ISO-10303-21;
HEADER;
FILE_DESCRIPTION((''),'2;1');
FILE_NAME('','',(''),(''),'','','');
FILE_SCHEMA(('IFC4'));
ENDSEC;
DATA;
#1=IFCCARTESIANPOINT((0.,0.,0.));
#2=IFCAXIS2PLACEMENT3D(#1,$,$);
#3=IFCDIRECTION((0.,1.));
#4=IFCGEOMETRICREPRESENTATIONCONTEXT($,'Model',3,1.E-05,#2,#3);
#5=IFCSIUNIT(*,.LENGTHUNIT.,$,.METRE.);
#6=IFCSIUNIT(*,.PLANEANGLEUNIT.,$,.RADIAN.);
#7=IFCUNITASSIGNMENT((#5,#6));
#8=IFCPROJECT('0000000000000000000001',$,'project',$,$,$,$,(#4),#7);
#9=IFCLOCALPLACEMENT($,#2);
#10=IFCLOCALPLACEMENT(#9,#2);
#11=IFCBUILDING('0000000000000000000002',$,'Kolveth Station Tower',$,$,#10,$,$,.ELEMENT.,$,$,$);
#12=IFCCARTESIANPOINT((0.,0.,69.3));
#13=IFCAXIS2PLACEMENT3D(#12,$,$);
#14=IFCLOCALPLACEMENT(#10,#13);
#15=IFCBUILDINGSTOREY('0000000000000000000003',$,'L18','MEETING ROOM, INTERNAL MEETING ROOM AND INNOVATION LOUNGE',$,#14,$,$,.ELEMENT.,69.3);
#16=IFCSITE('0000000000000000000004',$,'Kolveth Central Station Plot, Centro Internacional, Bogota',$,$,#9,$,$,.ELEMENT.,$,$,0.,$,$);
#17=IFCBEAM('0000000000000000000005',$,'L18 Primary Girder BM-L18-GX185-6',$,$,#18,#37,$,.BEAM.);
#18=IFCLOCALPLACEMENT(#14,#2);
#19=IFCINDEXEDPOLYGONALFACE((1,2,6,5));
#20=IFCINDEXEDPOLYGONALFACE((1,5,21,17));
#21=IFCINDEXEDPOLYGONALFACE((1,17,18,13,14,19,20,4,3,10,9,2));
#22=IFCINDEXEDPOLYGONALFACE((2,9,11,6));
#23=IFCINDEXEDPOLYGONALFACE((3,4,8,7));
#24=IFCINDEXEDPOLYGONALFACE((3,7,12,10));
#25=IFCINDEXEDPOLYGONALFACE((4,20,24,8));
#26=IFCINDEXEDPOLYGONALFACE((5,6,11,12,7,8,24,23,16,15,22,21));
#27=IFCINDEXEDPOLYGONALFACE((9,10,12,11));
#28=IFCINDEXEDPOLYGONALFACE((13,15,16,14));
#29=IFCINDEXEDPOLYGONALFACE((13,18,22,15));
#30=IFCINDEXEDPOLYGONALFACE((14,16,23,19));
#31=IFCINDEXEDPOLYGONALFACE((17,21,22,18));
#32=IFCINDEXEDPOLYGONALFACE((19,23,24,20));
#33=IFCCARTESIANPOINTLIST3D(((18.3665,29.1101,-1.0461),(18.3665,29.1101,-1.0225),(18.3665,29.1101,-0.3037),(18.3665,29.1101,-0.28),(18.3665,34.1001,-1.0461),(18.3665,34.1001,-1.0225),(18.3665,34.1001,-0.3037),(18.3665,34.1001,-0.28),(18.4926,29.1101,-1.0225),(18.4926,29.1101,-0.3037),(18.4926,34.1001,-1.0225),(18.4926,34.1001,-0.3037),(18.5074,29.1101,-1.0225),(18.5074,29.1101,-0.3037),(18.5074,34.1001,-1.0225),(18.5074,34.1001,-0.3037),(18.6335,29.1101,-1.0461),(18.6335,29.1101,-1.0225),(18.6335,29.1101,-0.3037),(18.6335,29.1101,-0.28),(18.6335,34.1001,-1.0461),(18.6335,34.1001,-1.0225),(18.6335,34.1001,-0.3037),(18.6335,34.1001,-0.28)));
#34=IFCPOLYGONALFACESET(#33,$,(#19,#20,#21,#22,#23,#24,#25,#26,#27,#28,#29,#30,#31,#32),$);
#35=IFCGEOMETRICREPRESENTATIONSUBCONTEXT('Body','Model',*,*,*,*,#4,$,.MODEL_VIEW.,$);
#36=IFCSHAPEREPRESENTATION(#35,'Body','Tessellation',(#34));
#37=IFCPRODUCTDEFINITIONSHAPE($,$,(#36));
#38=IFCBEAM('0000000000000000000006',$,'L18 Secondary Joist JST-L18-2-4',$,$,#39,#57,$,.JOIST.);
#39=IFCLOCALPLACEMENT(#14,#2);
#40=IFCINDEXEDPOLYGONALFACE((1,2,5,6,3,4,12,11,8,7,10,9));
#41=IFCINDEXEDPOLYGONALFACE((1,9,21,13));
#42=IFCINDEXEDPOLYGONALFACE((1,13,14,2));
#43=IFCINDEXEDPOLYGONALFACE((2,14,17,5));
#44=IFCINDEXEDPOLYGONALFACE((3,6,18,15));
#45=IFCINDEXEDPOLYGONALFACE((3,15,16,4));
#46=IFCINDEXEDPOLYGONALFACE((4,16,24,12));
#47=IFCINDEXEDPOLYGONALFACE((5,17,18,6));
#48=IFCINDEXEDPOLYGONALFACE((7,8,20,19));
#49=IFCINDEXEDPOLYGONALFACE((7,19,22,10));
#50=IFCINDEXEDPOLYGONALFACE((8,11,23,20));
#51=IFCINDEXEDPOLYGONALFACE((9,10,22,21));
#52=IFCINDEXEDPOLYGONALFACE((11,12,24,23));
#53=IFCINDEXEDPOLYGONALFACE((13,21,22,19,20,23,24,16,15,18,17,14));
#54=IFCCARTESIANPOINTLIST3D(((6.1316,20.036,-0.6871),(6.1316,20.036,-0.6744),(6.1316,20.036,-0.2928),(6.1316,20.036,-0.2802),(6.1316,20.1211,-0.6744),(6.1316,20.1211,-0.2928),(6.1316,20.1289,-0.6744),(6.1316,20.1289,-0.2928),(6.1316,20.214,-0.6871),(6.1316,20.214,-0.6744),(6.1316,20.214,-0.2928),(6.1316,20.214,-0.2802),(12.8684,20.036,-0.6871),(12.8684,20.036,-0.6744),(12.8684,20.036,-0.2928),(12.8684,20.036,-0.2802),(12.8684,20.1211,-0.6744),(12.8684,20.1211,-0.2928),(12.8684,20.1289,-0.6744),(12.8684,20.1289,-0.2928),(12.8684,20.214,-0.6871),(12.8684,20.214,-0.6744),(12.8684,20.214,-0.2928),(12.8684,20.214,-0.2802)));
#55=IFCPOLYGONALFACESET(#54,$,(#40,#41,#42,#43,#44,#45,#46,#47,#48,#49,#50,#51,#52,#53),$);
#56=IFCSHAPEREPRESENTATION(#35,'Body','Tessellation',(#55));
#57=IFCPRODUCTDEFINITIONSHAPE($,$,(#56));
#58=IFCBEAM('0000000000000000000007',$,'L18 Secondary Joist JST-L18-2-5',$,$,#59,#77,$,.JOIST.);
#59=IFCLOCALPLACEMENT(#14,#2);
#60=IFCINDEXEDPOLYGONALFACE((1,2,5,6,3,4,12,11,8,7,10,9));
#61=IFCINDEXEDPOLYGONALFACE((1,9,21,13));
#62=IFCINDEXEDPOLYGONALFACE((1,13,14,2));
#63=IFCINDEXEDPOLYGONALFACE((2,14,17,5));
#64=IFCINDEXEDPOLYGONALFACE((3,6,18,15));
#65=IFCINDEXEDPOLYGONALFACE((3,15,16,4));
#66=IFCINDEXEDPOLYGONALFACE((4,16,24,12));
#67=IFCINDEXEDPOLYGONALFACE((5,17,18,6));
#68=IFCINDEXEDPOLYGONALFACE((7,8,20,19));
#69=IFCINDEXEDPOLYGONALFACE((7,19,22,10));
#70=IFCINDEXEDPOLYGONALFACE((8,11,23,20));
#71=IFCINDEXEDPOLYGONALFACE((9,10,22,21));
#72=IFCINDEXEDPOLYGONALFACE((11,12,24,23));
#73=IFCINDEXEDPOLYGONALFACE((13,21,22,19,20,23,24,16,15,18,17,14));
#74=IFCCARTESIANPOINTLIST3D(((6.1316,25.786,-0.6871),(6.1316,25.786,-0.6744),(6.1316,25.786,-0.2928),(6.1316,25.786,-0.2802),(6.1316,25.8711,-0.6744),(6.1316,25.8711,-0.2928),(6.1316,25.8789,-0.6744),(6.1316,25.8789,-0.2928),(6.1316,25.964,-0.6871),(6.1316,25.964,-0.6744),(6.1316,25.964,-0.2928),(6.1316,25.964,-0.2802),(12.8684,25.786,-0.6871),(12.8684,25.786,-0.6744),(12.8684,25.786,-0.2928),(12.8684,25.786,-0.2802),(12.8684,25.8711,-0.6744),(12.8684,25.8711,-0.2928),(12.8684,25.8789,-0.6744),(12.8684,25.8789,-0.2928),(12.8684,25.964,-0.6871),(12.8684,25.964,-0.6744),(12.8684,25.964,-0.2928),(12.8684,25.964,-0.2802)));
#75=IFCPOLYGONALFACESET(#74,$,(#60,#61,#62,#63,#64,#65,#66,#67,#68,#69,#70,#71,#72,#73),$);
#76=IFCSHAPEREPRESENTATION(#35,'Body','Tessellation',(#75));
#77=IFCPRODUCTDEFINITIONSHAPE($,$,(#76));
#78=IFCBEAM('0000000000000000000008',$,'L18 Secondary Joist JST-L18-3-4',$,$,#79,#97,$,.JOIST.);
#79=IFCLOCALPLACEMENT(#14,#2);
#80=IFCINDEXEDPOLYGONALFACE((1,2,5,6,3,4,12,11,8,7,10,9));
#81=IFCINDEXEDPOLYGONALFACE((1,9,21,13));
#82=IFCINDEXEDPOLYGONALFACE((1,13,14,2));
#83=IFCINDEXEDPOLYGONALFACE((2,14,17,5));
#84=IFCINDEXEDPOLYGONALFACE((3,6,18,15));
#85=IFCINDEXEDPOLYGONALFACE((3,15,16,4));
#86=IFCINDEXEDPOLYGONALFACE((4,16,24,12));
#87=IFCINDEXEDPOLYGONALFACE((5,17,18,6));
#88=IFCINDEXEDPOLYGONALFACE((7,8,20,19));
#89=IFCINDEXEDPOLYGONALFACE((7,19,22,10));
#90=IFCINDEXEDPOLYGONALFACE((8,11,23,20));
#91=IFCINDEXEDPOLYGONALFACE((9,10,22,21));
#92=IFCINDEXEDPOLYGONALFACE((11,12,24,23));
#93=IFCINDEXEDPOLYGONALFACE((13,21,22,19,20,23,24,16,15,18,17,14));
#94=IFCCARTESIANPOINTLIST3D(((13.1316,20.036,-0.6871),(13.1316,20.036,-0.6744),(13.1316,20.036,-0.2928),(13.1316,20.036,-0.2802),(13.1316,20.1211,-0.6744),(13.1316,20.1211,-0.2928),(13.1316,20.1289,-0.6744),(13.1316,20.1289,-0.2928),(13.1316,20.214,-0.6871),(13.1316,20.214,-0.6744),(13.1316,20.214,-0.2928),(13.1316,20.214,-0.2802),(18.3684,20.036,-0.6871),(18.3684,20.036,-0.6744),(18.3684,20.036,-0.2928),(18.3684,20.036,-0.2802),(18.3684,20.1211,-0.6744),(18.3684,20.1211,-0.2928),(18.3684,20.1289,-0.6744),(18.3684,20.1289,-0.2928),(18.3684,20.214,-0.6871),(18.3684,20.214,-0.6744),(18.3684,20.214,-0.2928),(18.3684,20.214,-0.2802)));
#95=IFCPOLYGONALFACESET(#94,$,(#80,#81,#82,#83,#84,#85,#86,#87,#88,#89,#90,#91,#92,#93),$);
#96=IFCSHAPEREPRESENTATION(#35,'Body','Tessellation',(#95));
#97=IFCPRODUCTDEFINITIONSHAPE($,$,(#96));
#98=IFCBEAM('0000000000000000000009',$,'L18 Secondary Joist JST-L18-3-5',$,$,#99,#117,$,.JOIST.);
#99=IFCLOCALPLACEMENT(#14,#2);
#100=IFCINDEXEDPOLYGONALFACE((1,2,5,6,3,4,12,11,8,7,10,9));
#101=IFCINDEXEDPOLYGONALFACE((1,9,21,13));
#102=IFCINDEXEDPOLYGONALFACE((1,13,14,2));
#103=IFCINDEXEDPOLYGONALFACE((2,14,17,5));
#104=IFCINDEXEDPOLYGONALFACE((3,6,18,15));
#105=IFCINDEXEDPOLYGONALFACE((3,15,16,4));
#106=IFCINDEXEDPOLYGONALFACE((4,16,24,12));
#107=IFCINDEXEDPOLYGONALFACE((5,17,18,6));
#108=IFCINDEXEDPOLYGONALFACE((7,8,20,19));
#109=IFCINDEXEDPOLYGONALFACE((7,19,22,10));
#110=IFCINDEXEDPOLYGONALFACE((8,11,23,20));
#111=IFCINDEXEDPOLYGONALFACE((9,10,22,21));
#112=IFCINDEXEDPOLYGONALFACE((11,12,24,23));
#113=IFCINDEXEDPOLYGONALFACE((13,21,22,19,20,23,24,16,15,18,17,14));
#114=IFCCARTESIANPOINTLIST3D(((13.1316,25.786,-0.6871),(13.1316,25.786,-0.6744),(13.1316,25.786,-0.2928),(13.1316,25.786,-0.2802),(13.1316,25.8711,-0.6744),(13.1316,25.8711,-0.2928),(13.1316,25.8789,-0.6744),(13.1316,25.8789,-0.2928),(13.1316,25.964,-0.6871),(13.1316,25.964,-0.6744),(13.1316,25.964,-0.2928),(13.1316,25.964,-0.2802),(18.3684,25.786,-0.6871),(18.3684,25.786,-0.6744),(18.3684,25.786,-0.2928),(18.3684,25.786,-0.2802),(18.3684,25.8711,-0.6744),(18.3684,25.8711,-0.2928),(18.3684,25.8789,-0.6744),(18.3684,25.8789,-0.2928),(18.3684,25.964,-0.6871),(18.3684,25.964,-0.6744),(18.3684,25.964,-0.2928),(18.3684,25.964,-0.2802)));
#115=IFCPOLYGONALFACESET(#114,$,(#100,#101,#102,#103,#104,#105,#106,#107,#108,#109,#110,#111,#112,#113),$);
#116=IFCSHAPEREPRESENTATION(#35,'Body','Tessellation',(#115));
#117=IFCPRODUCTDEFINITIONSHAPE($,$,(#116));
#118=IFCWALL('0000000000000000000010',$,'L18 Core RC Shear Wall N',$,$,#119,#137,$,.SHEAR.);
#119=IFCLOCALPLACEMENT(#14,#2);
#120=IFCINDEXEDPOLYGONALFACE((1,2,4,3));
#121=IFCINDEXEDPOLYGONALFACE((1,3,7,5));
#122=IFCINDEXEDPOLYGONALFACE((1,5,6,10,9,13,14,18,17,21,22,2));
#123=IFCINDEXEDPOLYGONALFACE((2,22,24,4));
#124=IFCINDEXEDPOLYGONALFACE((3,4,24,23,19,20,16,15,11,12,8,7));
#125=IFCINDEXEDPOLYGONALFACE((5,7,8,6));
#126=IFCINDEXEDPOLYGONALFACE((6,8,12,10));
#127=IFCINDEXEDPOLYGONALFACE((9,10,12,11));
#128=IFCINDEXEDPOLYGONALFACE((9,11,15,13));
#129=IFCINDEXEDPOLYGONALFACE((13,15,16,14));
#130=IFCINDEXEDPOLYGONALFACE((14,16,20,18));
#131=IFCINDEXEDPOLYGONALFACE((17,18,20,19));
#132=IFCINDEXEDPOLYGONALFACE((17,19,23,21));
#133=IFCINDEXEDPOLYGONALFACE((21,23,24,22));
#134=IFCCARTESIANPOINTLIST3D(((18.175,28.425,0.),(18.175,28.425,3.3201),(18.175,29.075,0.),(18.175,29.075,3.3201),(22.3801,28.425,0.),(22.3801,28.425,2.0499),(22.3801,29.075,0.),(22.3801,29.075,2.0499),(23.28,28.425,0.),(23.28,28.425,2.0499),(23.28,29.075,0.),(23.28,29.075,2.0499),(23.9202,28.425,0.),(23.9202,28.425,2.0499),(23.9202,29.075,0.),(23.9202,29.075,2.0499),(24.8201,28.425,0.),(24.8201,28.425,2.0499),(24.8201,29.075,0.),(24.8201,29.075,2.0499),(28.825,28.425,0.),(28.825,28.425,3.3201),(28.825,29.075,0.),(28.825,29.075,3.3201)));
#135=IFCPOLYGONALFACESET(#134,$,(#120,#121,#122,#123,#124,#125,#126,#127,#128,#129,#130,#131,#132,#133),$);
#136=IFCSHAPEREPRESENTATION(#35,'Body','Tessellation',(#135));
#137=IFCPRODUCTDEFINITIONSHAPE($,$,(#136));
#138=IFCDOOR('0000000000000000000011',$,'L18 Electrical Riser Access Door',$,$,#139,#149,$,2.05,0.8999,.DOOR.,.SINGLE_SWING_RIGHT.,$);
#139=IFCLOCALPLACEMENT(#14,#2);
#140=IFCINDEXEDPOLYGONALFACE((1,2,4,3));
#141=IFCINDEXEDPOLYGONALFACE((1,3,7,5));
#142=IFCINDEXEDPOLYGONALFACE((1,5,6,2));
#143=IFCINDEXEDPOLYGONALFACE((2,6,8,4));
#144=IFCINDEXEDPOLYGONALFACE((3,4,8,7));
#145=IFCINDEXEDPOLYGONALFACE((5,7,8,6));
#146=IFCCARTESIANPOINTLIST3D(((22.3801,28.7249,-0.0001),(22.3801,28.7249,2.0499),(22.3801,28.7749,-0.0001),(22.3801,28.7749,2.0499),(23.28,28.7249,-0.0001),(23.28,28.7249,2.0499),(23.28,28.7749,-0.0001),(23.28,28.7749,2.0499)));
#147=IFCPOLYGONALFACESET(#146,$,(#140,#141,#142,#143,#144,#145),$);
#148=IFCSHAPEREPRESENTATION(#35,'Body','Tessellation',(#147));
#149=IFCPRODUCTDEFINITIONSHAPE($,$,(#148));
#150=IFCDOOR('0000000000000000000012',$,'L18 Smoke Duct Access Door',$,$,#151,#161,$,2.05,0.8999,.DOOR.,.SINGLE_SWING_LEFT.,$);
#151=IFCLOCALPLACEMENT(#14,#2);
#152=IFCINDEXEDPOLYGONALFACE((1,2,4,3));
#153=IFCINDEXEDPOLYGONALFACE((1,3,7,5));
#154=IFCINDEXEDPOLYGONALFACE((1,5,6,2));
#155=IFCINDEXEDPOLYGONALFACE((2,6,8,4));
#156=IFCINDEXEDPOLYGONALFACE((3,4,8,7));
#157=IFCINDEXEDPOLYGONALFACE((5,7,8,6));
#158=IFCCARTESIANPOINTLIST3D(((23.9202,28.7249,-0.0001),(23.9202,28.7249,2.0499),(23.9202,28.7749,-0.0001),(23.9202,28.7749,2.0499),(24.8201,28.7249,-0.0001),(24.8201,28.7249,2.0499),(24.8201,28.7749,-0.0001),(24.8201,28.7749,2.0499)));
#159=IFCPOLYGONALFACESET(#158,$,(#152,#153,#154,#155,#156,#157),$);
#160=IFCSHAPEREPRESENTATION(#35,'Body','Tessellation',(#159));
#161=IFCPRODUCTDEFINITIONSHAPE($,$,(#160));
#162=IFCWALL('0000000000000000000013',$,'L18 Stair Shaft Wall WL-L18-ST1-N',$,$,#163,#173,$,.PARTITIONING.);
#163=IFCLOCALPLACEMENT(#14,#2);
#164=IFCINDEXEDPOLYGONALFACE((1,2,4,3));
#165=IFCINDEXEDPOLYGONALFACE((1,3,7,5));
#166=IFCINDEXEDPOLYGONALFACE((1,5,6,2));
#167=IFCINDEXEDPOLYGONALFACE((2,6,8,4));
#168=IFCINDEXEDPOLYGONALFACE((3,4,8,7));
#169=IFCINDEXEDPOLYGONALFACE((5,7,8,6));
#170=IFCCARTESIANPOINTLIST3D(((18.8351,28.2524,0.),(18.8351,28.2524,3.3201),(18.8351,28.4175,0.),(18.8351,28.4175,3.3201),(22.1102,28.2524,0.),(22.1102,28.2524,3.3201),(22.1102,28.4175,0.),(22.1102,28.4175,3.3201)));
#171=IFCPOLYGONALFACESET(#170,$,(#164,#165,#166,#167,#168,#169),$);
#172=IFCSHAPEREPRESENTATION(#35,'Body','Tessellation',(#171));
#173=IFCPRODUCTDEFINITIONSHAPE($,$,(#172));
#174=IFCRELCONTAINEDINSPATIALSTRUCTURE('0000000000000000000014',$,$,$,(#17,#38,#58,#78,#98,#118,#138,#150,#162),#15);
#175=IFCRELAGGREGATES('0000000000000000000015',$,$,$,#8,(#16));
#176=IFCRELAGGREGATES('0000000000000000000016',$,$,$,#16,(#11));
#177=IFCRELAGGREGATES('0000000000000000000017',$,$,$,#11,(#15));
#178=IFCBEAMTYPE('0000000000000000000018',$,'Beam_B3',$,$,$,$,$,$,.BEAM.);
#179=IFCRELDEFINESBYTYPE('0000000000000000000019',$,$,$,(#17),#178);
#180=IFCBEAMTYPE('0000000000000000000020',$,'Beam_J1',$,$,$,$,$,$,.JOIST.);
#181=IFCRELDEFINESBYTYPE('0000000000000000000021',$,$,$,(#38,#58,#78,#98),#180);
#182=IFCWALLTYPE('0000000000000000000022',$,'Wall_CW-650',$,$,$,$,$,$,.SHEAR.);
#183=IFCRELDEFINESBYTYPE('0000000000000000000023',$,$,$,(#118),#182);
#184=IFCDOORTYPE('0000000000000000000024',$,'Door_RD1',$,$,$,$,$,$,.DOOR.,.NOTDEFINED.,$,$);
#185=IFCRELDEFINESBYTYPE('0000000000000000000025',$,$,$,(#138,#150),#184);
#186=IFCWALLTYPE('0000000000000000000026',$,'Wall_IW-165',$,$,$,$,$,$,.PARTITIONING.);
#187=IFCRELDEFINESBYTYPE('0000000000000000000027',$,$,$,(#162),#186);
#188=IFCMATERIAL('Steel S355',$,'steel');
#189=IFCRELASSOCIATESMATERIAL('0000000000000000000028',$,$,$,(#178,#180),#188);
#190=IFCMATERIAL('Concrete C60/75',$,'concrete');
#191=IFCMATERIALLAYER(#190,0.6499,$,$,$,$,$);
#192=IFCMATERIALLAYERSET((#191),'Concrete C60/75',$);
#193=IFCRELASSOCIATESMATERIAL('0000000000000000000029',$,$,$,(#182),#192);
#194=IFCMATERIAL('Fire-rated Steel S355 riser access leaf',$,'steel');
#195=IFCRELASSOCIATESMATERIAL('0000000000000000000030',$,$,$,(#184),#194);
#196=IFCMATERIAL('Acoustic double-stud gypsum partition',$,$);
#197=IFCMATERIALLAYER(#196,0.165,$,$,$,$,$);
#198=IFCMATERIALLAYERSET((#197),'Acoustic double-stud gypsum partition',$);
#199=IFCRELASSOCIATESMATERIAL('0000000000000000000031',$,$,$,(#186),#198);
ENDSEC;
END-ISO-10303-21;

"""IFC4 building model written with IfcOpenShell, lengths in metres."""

from ifc_helpers import new_model, si_unit, direction, frame, frame_2d, origin, origin_2d, place, context, subcontext, project, spatial, rectangle, i_section, extrude, source, transform, mapped, material, layer, layer_set, material_profile, profile_set, type_object, element, fill, save


model = new_model("IFC4")

# Units and contexts
model_context = context("Model", 3, precision=1e-05, world=origin(), true_north=direction((0.0, 1.0)))
body_context = subcontext(model_context, "Body", "Model", "MODEL_VIEW")
ifc_project = project(units=[si_unit("LENGTHUNIT", "METRE"), si_unit("PLANEANGLEUNIT", "RADIAN")], contexts=[model_context])

# Site, building, storey
site_placement = place(None, origin())
site = spatial("IfcSite", under=ifc_project, at=site_placement, Name="Kolveth Central Station Plot, Centro Internacional, Bogota", CompositionType="ELEMENT", RefElevation=0.0)
building_placement = place(site_placement, origin())
building = spatial("IfcBuilding", under=site, at=building_placement, Name="Kolveth Station Tower", CompositionType="ELEMENT")
storey_placement = place(building_placement, frame((0.0, 0.0, 69.3)))
storey = spatial("IfcBuildingStorey", under=building, at=storey_placement, Name="L18", Description="MEETING ROOM, INTERNAL MEETING ROOM AND INNOVATION LOUNGE", CompositionType="ELEMENT", Elevation=69.3)

# Beams
ifc_material_1 = material(Name="Steel S355", Category="steel")
ifc_material_profile_1 = material_profile(ifc_material_1, i_section(OverallWidth=0.2671, OverallDepth=0.7661, WebThickness=0.0149, FlangeThickness=0.0237, at=origin_2d()), Name="W760x185")
ifc_profile_set_1 = profile_set([ifc_material_profile_1], Name="Steel S355")
beam_type_1 = type_object("IfcBeamType", Name="Beam_B3", PredefinedType="BEAM", material=ifc_profile_set_1)
shared_shape_1 = source(origin(), body_context, "Body", "SweptSolid", [
    extrude(i_section(OverallWidth=0.2671, OverallDepth=0.7661, WebThickness=0.0149, FlangeThickness=0.0237, at=origin_2d()), origin(), (0.0, 0.0, 1.0), 4.99),
])
beam_1_placement = place(storey_placement, frame((18.5, 29.1101, -0.6631), z_axis=(0.0, 1.0, 0.0), x_axis=(-1.0, 0.0, 0.0)))
element("IfcBeam", 1, at=beam_1_placement, inside=storey, type_object=beam_type_1, Name="L18 Primary Girder BM-L18-GX185-6", PredefinedType="BEAM", context=body_context, shape_type="MappedRepresentation", body=[
    mapped(shared_shape_1, transform((0.0, 0.0, 0.0), x_axis=(1.0, 0.0, 0.0), y_axis=(0.0, 1.0, 0.0), z_axis=(0.0, 0.0, 1.0), scale=1.0)),
])
ifc_material_profile_2 = material_profile(ifc_material_1, i_section(OverallWidth=0.178, OverallDepth=0.407, WebThickness=0.0078, FlangeThickness=0.0127, at=origin_2d()), Name="W410x60")
ifc_profile_set_2 = profile_set([ifc_material_profile_2], Name="Steel S355")
beam_type_2 = type_object("IfcBeamType", Name="Beam_J1", PredefinedType="JOIST", material=ifc_profile_set_2)
shared_shape_2 = source(origin(), body_context, "Body", "SweptSolid", [
    extrude(i_section(OverallWidth=0.178, OverallDepth=0.407, WebThickness=0.0078, FlangeThickness=0.0127, at=origin_2d()), origin(), (0.0, 0.0, 1.0), 6.7368),
])
for number, where, z_axis, x_axis, name in (
    (2, (6.1316, 20.125, -0.4836), (1.0, 0.0, 0.0), (0.0, 1.0, 0.0), "L18 Secondary Joist JST-L18-2-4"),
    (3, (6.1316, 25.875, -0.4836), (1.0, 0.0, 0.0), (0.0, 1.0, 0.0), "L18 Secondary Joist JST-L18-2-5"),
):
    element("IfcBeam", number, at=place(storey_placement, frame(where, z_axis=z_axis, x_axis=x_axis)), inside=storey, type_object=beam_type_2, Name=name, PredefinedType="JOIST", context=body_context, shape_type="MappedRepresentation", body=[
        mapped(shared_shape_2, transform((0.0, 0.0, 0.0), x_axis=(1.0, 0.0, 0.0), y_axis=(0.0, 1.0, 0.0), z_axis=(0.0, 0.0, 1.0), scale=1.0)),
    ])
shared_shape_3 = source(origin(), body_context, "Body", "SweptSolid", [
    extrude(i_section(OverallWidth=0.178, OverallDepth=0.407, WebThickness=0.0078, FlangeThickness=0.0127, at=origin_2d()), origin(), (0.0, 0.0, 1.0), 5.2368),
])
for number, where, z_axis, x_axis, name in (
    (4, (13.1316, 20.125, -0.4836), (1.0, 0.0, 0.0), (0.0, 1.0, 0.0), "L18 Secondary Joist JST-L18-3-4"),
    (5, (13.1316, 25.875, -0.4836), (1.0, 0.0, 0.0), (0.0, 1.0, 0.0), "L18 Secondary Joist JST-L18-3-5"),
):
    element("IfcBeam", number, at=place(storey_placement, frame(where, z_axis=z_axis, x_axis=x_axis)), inside=storey, type_object=beam_type_2, Name=name, PredefinedType="JOIST", context=body_context, shape_type="MappedRepresentation", body=[
        mapped(shared_shape_3, transform((0.0, 0.0, 0.0), x_axis=(1.0, 0.0, 0.0), y_axis=(0.0, 1.0, 0.0), z_axis=(0.0, 0.0, 1.0), scale=1.0)),
    ])

# Wall, openings, doors
ifc_material_2 = material(Name="Concrete C60/75", Category="concrete")
ifc_layer_1 = layer(ifc_material_2, 0.6499)
ifc_layer_set_1 = layer_set([ifc_layer_1], Name="Concrete C60/75")
wall_type_1 = type_object("IfcWallType", Name="Wall_CW-650", PredefinedType="SHEAR", material=ifc_layer_set_1)
wall_1_placement = place(storey_placement, frame((18.175, 28.75, 0.0), z_axis=(0.0, 0.0, 1.0), x_axis=(1.0, 0.0, 0.0)))
wall_1 = element("IfcWall", 6, at=wall_1_placement, inside=storey, type_object=wall_type_1, Name="L18 Core RC Shear Wall N", PredefinedType="SHEAR", context=body_context, shape_type="SweptSolid", body=[
    extrude(rectangle(XDim=10.6499, YDim=0.6499, at=frame_2d((5.325, 0.0))), origin(), (0.0, 0.0, 1.0), 3.3201),
])
opening_1_placement = place(wall_1_placement, frame((4.2051, 0.0, 0.0)))
opening_1 = element("IfcOpeningElement", 7, at=opening_1_placement, cuts=wall_1, PredefinedType="OPENING", context=body_context, shape_type="SweptSolid", body=[
    extrude(rectangle(XDim=0.8999, YDim=2.05, at=frame_2d((0.45, 1.0249))), frame((0.0, 0.335, 0.0), z_axis=(0.0, -1.0, 0.0), x_axis=(1.0, 0.0, 0.0)), (0.0, 0.0, 1.0), 0.6699),
])
opening_2_placement = place(wall_1_placement, frame((5.7451, 0.0, 0.0)))
opening_2 = element("IfcOpeningElement", 8, at=opening_2_placement, cuts=wall_1, PredefinedType="OPENING", context=body_context, shape_type="SweptSolid", body=[
    extrude(rectangle(XDim=0.8999, YDim=2.05, at=frame_2d((0.45, 1.0249))), frame((0.0, 0.335, 0.0), z_axis=(0.0, -1.0, 0.0), x_axis=(1.0, 0.0, 0.0)), (0.0, 0.0, 1.0), 0.6699),
])
ifc_material_3 = material(Name="Fire-rated Steel S355 riser access leaf", Category="steel")
door_type_1 = type_object("IfcDoorType", Name="Door_RD1", OperationType="NOTDEFINED", PredefinedType="DOOR", material=ifc_material_3)
door_1_placement = place(opening_1_placement, origin())
door_1 = element("IfcDoor", 9, at=door_1_placement, inside=storey, type_object=door_type_1, Name="L18 Electrical Riser Access Door", OperationType="SINGLE_SWING_RIGHT", OverallHeight=2.05, OverallWidth=0.8999, PredefinedType="DOOR", context=body_context, shape_type="SweptSolid", body=[
    extrude(rectangle(XDim=0.8999, YDim=2.05, at=frame_2d((0.45, 1.0249))), frame((0.0, 0.0249, 0.0), z_axis=(0.0, -1.0, 0.0), x_axis=(1.0, 0.0, 0.0)), (0.0, 0.0, 1.0), 0.05),
])
fill(opening_1, door_1)
door_2_placement = place(opening_2_placement, origin())
door_2 = element("IfcDoor", 10, at=door_2_placement, inside=storey, type_object=door_type_1, Name="L18 Smoke Duct Access Door", OperationType="SINGLE_SWING_LEFT", OverallHeight=2.05, OverallWidth=0.8999, PredefinedType="DOOR", context=body_context, shape_type="SweptSolid", body=[
    extrude(rectangle(XDim=0.8999, YDim=2.05, at=frame_2d((0.45, 1.0249))), frame((0.0, 0.0249, 0.0), z_axis=(0.0, -1.0, 0.0), x_axis=(1.0, 0.0, 0.0)), (0.0, 0.0, 1.0), 0.05),
])
fill(opening_2, door_2)

# Wall
ifc_material_4 = material(Name="Acoustic double-stud gypsum partition")
ifc_layer_2 = layer(ifc_material_4, 0.165)
ifc_layer_set_2 = layer_set([ifc_layer_2], Name="Acoustic double-stud gypsum partition")
wall_type_2 = type_object("IfcWallType", Name="Wall_IW-165", PredefinedType="PARTITIONING", material=ifc_layer_set_2)
wall_2_placement = place(storey_placement, frame((18.835, 28.335, 0.0), z_axis=(0.0, 0.0, 1.0), x_axis=(1.0, 0.0, 0.0)))
element("IfcWall", 11, at=wall_2_placement, inside=storey, type_object=wall_type_2, Name="L18 Stair Shaft Wall WL-L18-ST1-N", PredefinedType="PARTITIONING", context=body_context, shape_type="SweptSolid", body=[
    extrude(rectangle(XDim=3.2751, YDim=0.165, at=frame_2d((1.6377, 0.0))), origin(), (0.0, 0.0, 1.0), 3.3201),
])

save(model, "model.ifc")
